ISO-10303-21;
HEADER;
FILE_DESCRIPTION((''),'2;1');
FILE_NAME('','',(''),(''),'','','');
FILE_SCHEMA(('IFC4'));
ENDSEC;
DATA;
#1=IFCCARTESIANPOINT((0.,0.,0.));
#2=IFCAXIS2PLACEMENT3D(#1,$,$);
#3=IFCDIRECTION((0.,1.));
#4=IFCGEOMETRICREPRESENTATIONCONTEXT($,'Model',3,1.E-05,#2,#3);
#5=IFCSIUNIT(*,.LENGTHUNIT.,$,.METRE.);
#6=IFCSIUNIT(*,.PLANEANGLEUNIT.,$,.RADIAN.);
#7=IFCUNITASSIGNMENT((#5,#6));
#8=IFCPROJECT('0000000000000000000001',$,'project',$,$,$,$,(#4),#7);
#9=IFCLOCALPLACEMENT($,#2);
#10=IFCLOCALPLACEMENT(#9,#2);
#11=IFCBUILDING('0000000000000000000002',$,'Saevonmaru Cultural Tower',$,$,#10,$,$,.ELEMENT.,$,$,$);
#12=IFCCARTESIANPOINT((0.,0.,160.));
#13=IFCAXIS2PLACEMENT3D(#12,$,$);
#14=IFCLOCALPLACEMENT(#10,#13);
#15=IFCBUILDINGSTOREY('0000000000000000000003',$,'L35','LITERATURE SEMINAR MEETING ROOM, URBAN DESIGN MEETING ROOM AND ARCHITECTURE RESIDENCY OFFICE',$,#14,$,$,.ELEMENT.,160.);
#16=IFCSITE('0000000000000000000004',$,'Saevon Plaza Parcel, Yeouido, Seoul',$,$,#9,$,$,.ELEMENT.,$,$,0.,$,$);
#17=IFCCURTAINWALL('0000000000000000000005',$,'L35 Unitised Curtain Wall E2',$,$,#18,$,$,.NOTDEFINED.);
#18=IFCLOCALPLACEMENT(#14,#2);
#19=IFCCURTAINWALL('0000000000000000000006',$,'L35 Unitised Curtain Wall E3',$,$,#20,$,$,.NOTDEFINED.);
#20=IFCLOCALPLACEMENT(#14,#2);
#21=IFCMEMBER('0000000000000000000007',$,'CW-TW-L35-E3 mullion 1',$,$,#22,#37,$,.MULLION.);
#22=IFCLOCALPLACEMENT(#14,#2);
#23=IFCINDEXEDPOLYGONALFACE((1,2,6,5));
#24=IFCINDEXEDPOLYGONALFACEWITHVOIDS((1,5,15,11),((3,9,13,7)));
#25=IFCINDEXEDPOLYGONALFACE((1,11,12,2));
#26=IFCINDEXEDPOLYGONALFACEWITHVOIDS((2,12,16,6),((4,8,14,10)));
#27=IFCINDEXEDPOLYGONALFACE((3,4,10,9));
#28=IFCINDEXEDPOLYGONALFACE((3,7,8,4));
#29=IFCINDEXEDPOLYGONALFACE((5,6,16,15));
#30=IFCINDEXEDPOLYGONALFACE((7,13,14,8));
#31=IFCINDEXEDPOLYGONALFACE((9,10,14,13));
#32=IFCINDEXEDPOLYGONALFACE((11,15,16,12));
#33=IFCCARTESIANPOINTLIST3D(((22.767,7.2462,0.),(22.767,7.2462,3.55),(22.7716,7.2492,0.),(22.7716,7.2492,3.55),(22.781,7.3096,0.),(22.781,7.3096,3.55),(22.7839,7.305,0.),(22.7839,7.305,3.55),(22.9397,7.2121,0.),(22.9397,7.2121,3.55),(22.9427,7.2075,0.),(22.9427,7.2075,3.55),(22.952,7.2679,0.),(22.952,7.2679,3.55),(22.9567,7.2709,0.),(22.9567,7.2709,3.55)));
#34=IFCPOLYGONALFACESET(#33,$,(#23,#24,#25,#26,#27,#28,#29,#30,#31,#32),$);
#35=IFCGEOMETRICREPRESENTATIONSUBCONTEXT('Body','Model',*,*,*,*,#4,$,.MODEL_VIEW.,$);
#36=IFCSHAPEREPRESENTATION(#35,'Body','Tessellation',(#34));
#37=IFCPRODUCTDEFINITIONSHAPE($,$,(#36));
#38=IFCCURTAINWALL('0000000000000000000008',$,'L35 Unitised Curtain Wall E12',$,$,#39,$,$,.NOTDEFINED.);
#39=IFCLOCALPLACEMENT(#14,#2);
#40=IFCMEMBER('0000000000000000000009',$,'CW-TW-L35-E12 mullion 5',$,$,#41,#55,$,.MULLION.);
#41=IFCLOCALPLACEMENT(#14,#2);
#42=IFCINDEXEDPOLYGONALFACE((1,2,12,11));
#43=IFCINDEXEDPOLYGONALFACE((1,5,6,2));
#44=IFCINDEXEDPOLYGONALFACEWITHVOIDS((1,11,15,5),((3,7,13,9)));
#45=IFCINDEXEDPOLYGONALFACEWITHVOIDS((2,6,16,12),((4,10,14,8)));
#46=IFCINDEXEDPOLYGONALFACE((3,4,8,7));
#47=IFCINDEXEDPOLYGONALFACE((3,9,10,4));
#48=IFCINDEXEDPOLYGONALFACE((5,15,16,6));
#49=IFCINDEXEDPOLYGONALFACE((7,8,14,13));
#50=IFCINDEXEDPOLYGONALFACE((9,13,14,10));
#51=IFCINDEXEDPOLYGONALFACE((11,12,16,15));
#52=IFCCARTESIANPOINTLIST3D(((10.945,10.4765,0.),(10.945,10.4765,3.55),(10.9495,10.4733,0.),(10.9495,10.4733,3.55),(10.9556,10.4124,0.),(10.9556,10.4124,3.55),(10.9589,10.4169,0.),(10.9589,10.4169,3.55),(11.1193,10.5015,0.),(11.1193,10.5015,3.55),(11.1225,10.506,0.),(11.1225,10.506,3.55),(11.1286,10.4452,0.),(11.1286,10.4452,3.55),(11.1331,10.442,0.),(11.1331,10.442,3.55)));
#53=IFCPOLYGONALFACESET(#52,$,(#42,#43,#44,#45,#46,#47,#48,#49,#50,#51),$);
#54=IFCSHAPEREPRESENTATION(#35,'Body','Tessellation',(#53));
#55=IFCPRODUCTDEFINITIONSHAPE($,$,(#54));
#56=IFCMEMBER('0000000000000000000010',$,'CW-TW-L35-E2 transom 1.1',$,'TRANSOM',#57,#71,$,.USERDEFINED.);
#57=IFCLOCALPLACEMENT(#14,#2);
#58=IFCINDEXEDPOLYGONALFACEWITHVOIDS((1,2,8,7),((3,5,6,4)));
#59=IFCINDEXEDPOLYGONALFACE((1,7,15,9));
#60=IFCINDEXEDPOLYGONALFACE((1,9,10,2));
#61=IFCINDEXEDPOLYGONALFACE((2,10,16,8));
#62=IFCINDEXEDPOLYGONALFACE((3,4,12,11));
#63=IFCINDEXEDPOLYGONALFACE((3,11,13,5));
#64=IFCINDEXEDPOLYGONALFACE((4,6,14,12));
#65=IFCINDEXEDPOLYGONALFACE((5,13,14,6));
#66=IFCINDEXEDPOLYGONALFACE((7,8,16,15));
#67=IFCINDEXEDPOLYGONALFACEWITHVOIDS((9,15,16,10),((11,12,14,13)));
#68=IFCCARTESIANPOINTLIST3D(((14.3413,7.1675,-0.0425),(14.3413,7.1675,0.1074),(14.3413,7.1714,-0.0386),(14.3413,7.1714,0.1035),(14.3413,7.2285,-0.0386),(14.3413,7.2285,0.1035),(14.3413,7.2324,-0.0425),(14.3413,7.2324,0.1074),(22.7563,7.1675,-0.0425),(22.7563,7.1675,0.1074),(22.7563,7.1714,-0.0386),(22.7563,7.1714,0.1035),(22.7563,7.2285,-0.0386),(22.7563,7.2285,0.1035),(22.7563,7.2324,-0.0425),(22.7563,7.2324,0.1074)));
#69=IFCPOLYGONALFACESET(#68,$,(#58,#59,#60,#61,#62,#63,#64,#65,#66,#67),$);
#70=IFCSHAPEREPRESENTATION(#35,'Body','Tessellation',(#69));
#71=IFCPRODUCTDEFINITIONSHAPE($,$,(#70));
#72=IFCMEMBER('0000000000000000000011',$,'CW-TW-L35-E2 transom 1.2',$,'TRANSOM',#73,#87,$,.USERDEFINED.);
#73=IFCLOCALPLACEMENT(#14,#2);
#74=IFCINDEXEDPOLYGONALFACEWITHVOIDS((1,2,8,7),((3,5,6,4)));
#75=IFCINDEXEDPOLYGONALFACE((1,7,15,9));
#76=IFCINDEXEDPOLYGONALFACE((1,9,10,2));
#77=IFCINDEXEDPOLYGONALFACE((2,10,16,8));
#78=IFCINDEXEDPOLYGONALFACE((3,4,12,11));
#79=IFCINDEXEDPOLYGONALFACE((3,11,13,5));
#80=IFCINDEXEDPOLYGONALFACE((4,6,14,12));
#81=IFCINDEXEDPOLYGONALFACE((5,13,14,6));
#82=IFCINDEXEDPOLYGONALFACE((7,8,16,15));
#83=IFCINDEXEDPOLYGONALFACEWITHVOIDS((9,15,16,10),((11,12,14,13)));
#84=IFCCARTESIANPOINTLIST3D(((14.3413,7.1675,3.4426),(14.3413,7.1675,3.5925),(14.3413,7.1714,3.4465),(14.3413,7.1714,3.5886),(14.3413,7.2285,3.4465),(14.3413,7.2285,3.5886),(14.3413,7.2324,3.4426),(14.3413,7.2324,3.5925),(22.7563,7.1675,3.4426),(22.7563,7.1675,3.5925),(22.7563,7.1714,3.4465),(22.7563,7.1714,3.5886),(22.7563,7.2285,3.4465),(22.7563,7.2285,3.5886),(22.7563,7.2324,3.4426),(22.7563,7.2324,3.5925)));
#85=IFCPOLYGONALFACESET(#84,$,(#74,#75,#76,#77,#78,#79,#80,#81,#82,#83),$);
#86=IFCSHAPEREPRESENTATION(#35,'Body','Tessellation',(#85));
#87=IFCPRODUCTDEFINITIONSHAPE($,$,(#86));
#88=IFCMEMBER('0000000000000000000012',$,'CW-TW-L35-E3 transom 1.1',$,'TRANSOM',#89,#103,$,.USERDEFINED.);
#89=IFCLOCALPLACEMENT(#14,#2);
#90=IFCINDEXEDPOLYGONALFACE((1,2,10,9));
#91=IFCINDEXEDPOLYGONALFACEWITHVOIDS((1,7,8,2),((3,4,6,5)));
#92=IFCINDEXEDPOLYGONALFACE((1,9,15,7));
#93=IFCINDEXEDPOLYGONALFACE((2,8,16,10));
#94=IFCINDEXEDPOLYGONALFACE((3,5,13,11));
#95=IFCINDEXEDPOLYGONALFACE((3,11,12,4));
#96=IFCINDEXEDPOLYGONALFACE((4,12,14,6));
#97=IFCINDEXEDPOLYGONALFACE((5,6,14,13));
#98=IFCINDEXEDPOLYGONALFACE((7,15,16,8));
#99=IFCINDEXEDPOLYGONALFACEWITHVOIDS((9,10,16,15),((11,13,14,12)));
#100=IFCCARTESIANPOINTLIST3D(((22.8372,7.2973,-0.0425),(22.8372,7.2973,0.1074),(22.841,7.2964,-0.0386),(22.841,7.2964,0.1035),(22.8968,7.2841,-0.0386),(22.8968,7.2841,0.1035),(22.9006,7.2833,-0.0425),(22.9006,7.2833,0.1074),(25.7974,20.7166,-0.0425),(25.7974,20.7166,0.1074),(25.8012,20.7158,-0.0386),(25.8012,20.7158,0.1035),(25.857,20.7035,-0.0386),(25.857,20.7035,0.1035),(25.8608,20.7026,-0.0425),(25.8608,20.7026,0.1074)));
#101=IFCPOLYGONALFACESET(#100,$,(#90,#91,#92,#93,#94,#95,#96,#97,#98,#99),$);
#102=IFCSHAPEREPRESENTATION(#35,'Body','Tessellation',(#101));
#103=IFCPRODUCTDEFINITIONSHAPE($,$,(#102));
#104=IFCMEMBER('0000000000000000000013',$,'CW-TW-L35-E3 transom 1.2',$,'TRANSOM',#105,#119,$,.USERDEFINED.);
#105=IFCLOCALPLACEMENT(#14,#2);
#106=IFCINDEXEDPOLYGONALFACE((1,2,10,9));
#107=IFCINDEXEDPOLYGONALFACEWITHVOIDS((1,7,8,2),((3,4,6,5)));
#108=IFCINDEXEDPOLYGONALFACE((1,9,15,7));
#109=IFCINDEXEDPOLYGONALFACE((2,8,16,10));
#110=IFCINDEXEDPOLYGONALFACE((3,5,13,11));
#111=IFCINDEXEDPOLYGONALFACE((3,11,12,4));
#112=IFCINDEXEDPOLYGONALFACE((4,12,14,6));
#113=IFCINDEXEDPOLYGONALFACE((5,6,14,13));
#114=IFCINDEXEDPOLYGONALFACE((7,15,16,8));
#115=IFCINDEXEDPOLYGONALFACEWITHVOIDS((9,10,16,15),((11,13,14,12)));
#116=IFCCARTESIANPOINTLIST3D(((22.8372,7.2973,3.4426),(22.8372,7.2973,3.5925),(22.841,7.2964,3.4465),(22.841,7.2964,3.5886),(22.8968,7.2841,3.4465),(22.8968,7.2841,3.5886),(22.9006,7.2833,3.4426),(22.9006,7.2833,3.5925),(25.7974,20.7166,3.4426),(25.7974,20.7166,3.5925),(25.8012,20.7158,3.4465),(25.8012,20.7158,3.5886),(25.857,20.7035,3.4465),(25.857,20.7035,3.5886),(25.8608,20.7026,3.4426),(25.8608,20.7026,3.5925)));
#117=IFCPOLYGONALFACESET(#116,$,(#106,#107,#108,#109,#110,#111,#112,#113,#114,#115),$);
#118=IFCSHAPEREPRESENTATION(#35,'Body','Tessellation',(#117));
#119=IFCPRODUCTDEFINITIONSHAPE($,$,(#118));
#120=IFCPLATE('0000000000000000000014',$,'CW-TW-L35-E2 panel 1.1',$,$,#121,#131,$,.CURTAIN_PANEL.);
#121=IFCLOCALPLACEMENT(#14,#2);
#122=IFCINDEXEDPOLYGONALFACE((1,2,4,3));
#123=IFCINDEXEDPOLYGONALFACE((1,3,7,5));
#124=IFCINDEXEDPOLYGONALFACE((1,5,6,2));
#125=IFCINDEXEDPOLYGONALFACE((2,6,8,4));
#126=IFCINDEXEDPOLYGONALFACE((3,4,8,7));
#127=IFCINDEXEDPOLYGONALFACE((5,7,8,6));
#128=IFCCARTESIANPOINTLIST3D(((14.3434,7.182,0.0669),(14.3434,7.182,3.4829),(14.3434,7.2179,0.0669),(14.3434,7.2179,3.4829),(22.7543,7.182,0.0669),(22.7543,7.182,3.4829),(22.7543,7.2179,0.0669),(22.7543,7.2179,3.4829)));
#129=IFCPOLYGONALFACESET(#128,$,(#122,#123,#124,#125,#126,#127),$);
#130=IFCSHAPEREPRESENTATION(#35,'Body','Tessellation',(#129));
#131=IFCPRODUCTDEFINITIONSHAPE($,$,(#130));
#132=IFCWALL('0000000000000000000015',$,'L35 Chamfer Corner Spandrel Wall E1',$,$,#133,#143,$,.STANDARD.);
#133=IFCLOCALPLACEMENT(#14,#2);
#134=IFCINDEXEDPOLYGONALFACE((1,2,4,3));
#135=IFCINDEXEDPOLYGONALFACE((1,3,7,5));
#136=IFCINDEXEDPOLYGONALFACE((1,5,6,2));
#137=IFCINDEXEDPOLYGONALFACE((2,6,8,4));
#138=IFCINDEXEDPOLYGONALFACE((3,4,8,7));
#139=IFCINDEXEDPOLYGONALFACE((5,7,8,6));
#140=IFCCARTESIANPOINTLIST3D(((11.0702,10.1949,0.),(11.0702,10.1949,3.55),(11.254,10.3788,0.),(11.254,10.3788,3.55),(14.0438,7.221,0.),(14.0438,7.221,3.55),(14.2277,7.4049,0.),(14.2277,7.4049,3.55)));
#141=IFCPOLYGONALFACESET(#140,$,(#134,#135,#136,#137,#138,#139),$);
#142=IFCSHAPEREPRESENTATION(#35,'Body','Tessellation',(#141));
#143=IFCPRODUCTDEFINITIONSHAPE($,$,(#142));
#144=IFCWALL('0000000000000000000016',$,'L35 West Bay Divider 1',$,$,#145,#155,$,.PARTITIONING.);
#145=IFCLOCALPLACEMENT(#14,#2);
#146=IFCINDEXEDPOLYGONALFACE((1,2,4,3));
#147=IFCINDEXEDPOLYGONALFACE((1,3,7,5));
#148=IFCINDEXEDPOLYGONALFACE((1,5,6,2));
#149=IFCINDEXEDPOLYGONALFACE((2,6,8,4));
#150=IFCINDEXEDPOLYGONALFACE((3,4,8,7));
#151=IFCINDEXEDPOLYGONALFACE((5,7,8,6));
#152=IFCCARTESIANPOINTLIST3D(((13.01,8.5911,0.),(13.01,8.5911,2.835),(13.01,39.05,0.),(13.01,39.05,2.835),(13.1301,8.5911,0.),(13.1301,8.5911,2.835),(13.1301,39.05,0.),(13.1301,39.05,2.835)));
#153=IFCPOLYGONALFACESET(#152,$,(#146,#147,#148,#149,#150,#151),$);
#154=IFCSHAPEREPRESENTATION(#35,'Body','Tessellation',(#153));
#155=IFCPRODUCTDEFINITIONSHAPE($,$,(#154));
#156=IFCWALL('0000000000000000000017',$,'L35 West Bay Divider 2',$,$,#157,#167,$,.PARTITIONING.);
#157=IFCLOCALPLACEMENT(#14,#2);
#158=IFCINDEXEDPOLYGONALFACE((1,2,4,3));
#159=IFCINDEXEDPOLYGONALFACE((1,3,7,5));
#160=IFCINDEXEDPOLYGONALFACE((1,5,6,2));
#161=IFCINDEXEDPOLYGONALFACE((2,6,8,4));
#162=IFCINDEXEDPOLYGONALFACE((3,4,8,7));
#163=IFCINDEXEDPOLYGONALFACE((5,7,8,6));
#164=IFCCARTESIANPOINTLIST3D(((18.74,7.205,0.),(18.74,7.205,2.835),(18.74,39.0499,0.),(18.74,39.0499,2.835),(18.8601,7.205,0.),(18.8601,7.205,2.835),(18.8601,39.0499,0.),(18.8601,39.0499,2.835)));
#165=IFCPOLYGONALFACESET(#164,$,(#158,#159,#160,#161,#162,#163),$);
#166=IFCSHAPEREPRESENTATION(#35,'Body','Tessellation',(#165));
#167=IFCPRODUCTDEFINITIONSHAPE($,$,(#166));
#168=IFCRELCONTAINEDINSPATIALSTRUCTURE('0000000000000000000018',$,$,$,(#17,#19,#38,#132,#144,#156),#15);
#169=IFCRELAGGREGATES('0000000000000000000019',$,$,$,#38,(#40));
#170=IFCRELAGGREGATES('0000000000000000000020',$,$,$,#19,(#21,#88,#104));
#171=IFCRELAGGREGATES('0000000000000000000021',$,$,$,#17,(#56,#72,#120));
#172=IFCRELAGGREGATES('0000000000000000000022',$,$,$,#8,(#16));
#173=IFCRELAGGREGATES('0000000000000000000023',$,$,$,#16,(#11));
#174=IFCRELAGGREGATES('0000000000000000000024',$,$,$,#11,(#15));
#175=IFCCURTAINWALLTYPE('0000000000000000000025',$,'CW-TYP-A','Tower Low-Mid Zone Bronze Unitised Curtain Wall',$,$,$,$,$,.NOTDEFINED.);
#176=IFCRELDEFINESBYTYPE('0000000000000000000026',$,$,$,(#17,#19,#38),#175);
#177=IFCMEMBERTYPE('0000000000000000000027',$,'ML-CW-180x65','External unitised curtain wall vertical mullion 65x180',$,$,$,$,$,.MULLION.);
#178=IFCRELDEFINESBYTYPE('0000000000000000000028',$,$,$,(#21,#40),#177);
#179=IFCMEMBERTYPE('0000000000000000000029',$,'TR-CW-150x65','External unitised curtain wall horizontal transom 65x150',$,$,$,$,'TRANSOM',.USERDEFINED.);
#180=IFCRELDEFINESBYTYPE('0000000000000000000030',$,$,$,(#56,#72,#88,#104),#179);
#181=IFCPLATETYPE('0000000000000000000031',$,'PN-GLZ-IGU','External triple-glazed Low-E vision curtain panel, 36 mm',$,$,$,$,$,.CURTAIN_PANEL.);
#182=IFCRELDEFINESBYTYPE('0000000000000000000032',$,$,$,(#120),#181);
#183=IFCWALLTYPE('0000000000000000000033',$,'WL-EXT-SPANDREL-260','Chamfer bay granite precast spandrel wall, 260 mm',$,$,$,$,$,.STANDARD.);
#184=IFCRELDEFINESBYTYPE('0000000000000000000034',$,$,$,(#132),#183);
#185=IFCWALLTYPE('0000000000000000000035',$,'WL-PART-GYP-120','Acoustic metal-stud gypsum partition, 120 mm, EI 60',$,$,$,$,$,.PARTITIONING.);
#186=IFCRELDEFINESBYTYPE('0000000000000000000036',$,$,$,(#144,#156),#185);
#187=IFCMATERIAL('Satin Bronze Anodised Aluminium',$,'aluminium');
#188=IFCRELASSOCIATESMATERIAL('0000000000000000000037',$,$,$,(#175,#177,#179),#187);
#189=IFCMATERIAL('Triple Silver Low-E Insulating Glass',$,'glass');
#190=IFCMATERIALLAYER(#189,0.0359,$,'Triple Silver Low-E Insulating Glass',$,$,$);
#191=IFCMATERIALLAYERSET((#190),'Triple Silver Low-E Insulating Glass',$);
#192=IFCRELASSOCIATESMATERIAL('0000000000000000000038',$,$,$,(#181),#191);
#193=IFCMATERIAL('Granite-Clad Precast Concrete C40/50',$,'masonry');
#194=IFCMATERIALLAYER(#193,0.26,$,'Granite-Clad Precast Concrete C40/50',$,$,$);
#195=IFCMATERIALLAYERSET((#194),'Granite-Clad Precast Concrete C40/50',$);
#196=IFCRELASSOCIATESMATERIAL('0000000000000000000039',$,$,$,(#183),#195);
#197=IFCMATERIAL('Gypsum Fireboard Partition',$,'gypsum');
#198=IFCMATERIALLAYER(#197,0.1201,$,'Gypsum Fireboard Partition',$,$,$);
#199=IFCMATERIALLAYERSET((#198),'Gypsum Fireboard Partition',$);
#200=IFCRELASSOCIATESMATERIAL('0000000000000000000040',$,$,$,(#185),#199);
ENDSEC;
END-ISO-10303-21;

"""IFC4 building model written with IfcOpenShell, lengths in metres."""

from ifc_helpers import new_model, si_unit, direction, frame, frame_2d, origin, origin_2d, place, context, subcontext, project, spatial, rectangle, hollow_rectangle, extrude, material, layer, layer_set, material_profile, profile_set, type_object, element, aggregate, save


model = new_model("IFC4")

# Units and contexts
model_context = context("Model", 3, precision=1e-05, world=origin(), true_north=direction((0.0, 1.0)))
body_context = subcontext(model_context, "Body", "Model", "MODEL_VIEW")
ifc_project = project(units=[si_unit("LENGTHUNIT", "METRE"), si_unit("PLANEANGLEUNIT", "RADIAN")], contexts=[model_context])

# Site, building, storey
site_placement = place(None, origin())
site = spatial("IfcSite", under=ifc_project, at=site_placement, Name="Saevon Plaza Parcel, Yeouido, Seoul", CompositionType="ELEMENT", RefElevation=0.0)
building_placement = place(site_placement, origin())
building = spatial("IfcBuilding", under=site, at=building_placement, Name="Saevonmaru Cultural Tower", CompositionType="ELEMENT")
storey_placement = place(building_placement, frame((0.0, 0.0, 160.0)))
storey = spatial("IfcBuildingStorey", under=building, at=storey_placement, Name="L35", Description="LITERATURE SEMINAR MEETING ROOM, URBAN DESIGN MEETING ROOM AND ARCHITECTURE RESIDENCY OFFICE", CompositionType="ELEMENT", Elevation=160.0)

# Curtain wall
ifc_material_1 = material(Name="Satin Bronze Anodised Aluminium", Category="aluminium")
curtain_wall_type = type_object("IfcCurtainWallType", Name="CW-TYP-A", Description="Tower Low-Mid Zone Bronze Unitised Curtain Wall", PredefinedType="NOTDEFINED", material=ifc_material_1)
curtain_wall_1_placement = place(storey_placement, origin())
curtain_wall_1 = element("IfcCurtainWall", 1, at=curtain_wall_1_placement, inside=storey, type_object=curtain_wall_type, Name="L35 Unitised Curtain Wall E2", PredefinedType="NOTDEFINED")
ifc_material_profile_1 = material_profile(ifc_material_1, hollow_rectangle(XDim=0.0649, YDim=0.1799, WallThickness=0.0039, at=origin_2d()), Name="ALU-MULL-180x65x4")
ifc_profile_set_1 = profile_set([ifc_material_profile_1], Name="Satin Bronze Anodised Aluminium")
member_type_1 = type_object("IfcMemberType", Name="ML-CW-180x65", Description="External unitised curtain wall vertical mullion 65x180", PredefinedType="MULLION", material=ifc_profile_set_1)

# Curtain walls, members
curtain_wall_2_placement = place(storey_placement, origin())
curtain_wall_2 = element("IfcCurtainWall", 2, at=curtain_wall_2_placement, inside=storey, type_object=curtain_wall_type, Name="L35 Unitised Curtain Wall E3", PredefinedType="NOTDEFINED")
member_1_placement = place(storey_placement, frame((22.8618, 7.2585, 0.0), z_axis=(0.0, 0.0, 1.0), x_axis=(0.215413, 0.976523, 0.0)))
member_1 = element("IfcMember", 3, at=member_1_placement, type_object=member_type_1, Name="CW-TW-L35-E3 mullion 1", PredefinedType="MULLION", context=body_context, shape_type="SweptSolid", body=[
    extrude(hollow_rectangle(XDim=0.0649, YDim=0.1799, WallThickness=0.0039, at=origin_2d()), origin(), (0.0, 0.0, 1.0), 3.55),
])
curtain_wall_3_placement = place(storey_placement, origin())
curtain_wall_3 = element("IfcCurtainWall", 4, at=curtain_wall_3_placement, inside=storey, type_object=curtain_wall_type, Name="L35 Unitised Curtain Wall E12", PredefinedType="NOTDEFINED")
member_2_placement = place(storey_placement, frame((11.0391, 10.4592, 0.0), z_axis=(0.0, 0.0, 1.0), x_axis=(0.163999, -0.986461, 0.0)))
member_2 = element("IfcMember", 5, at=member_2_placement, type_object=member_type_1, Name="CW-TW-L35-E12 mullion 5", PredefinedType="MULLION", context=body_context, shape_type="SweptSolid", body=[
    extrude(hollow_rectangle(XDim=0.0649, YDim=0.1799, WallThickness=0.0039, at=origin_2d()), origin(), (0.0, 0.0, 1.0), 3.55),
])
aggregate(curtain_wall_3, [member_2])

# Members
ifc_material_profile_2 = material_profile(ifc_material_1, hollow_rectangle(XDim=0.0649, YDim=0.1499, WallThickness=0.0039, at=origin_2d()), Name="ALU-TRAN-150x65x4")
ifc_profile_set_2 = profile_set([ifc_material_profile_2], Name="Satin Bronze Anodised Aluminium")
member_type_2 = type_object("IfcMemberType", Name="TR-CW-150x65", Description="External unitised curtain wall horizontal transom 65x150", ElementType="TRANSOM", PredefinedType="USERDEFINED", material=ifc_profile_set_2)
member_3_placement = place(storey_placement, frame((14.3413, 7.2, 0.0325), z_axis=(1.0, 0.0, 0.0), x_axis=(0.0, 1.0, 0.0)))
member_3 = element("IfcMember", 6, at=member_3_placement, type_object=member_type_2, Name="CW-TW-L35-E2 transom 1.1", ObjectType="TRANSOM", PredefinedType="USERDEFINED", context=body_context, shape_type="SweptSolid", body=[
    extrude(hollow_rectangle(XDim=0.0649, YDim=0.1499, WallThickness=0.0039, at=origin_2d()), origin(), (0.0, 0.0, 1.0), 8.415),
])
member_4_placement = place(storey_placement, frame((14.3413, 7.2, 3.5176), z_axis=(1.0, 0.0, 0.0), x_axis=(0.0, 1.0, 0.0)))
member_4 = element("IfcMember", 7, at=member_4_placement, type_object=member_type_2, Name="CW-TW-L35-E2 transom 1.2", ObjectType="TRANSOM", PredefinedType="USERDEFINED", context=body_context, shape_type="SweptSolid", body=[
    extrude(hollow_rectangle(XDim=0.0649, YDim=0.1499, WallThickness=0.0039, at=origin_2d()), origin(), (0.0, 0.0, 1.0), 8.415),
])
member_5_placement = place(storey_placement, frame((22.8689, 7.2903, 0.0325), z_axis=(0.215412, 0.976523, 0.0), x_axis=(-0.976523, 0.215412, 0.0)))
member_5 = element("IfcMember", 8, at=member_5_placement, type_object=member_type_2, Name="CW-TW-L35-E3 transom 1.1", ObjectType="TRANSOM", PredefinedType="USERDEFINED", context=body_context, shape_type="SweptSolid", body=[
    extrude(hollow_rectangle(XDim=0.0649, YDim=0.1499, WallThickness=0.0039, at=origin_2d()), origin(), (0.0, 0.0, 1.0), 13.7419),
])
member_6_placement = place(storey_placement, frame((22.8689, 7.2903, 3.5176), z_axis=(0.215412, 0.976523, 0.0), x_axis=(-0.976523, 0.215412, 0.0)))
member_6 = element("IfcMember", 9, at=member_6_placement, type_object=member_type_2, Name="CW-TW-L35-E3 transom 1.2", ObjectType="TRANSOM", PredefinedType="USERDEFINED", context=body_context, shape_type="SweptSolid", body=[
    extrude(hollow_rectangle(XDim=0.0649, YDim=0.1499, WallThickness=0.0039, at=origin_2d()), origin(), (0.0, 0.0, 1.0), 13.7419),
])
aggregate(curtain_wall_2, [member_1, member_5, member_6])

# Plate
ifc_material_2 = material(Name="Triple Silver Low-E Insulating Glass", Category="glass")
ifc_layer_1 = layer(ifc_material_2, 0.0359, Name="Triple Silver Low-E Insulating Glass")
ifc_layer_set_1 = layer_set([ifc_layer_1], Name="Triple Silver Low-E Insulating Glass")
plate_type = type_object("IfcPlateType", Name="PN-GLZ-IGU", Description="External triple-glazed Low-E vision curtain panel, 36 mm", PredefinedType="CURTAIN_PANEL", material=ifc_layer_set_1)
plate_placement = place(storey_placement, frame((18.5488, 7.2, 0.0669), z_axis=(0.0, 0.0, 1.0), x_axis=(1.0, 0.0, 0.0)))
plate = element("IfcPlate", 10, at=plate_placement, type_object=plate_type, Name="CW-TW-L35-E2 panel 1.1", PredefinedType="CURTAIN_PANEL", context=body_context, shape_type="SweptSolid", body=[
    extrude(rectangle(XDim=8.4109, YDim=0.0359, at=origin_2d()), origin(), (0.0, 0.0, 1.0), 3.416),
])
aggregate(curtain_wall_1, [member_3, member_4, plate])

# Walls
ifc_material_3 = material(Name="Granite-Clad Precast Concrete C40/50", Category="masonry")
ifc_layer_2 = layer(ifc_material_3, 0.26, Name="Granite-Clad Precast Concrete C40/50")
ifc_layer_set_2 = layer_set([ifc_layer_2], Name="Granite-Clad Precast Concrete C40/50")
wall_type_1 = type_object("IfcWallType", Name="WL-EXT-SPANDREL-260", Description="Chamfer bay granite precast spandrel wall, 260 mm", PredefinedType="STANDARD", material=ifc_layer_set_2)
wall_1_placement = place(storey_placement, frame((11.1621, 10.2869, 0.0), z_axis=(0.0, 0.0, 1.0), x_axis=(0.707078, -0.707136, 0.0)))
element("IfcWall", 11, at=wall_1_placement, inside=storey, type_object=wall_type_1, Name="L35 Chamfer Corner Spandrel Wall E1", PredefinedType="STANDARD", context=body_context, shape_type="SweptSolid", body=[
    extrude(rectangle(XDim=4.2056, YDim=0.26, at=frame_2d((2.1028, 0.0))), origin(), (0.0, 0.0, 1.0), 3.55),
])
ifc_material_4 = material(Name="Gypsum Fireboard Partition", Category="gypsum")
ifc_layer_3 = layer(ifc_material_4, 0.1201, Name="Gypsum Fireboard Partition")
ifc_layer_set_3 = layer_set([ifc_layer_3], Name="Gypsum Fireboard Partition")
wall_type_2 = type_object("IfcWallType", Name="WL-PART-GYP-120", Description="Acoustic metal-stud gypsum partition, 120 mm, EI 60", PredefinedType="PARTITIONING", material=ifc_layer_set_3)
wall_2_placement = place(storey_placement, frame((13.0701, 8.5911, 0.0), z_axis=(0.0, 0.0, 1.0), x_axis=(0.0, 1.0, 0.0)))
element("IfcWall", 12, at=wall_2_placement, inside=storey, type_object=wall_type_2, Name="L35 West Bay Divider 1", PredefinedType="PARTITIONING", context=body_context, shape_type="SweptSolid", body=[
    extrude(rectangle(XDim=30.459, YDim=0.1201, at=frame_2d((15.2295, 0.0))), origin(), (0.0, 0.0, 1.0), 2.835),
])
wall_3_placement = place(storey_placement, frame((18.8, 7.2051, 0.0), z_axis=(0.0, 0.0, 1.0), x_axis=(0.0, 1.0, 0.0)))
element("IfcWall", 13, at=wall_3_placement, inside=storey, type_object=wall_type_2, Name="L35 West Bay Divider 2", PredefinedType="PARTITIONING", context=body_context, shape_type="SweptSolid", body=[
    extrude(rectangle(XDim=31.845, YDim=0.1201, at=frame_2d((15.9224, 0.0))), origin(), (0.0, 0.0, 1.0), 2.835),
])

save(model, "model.ifc")
